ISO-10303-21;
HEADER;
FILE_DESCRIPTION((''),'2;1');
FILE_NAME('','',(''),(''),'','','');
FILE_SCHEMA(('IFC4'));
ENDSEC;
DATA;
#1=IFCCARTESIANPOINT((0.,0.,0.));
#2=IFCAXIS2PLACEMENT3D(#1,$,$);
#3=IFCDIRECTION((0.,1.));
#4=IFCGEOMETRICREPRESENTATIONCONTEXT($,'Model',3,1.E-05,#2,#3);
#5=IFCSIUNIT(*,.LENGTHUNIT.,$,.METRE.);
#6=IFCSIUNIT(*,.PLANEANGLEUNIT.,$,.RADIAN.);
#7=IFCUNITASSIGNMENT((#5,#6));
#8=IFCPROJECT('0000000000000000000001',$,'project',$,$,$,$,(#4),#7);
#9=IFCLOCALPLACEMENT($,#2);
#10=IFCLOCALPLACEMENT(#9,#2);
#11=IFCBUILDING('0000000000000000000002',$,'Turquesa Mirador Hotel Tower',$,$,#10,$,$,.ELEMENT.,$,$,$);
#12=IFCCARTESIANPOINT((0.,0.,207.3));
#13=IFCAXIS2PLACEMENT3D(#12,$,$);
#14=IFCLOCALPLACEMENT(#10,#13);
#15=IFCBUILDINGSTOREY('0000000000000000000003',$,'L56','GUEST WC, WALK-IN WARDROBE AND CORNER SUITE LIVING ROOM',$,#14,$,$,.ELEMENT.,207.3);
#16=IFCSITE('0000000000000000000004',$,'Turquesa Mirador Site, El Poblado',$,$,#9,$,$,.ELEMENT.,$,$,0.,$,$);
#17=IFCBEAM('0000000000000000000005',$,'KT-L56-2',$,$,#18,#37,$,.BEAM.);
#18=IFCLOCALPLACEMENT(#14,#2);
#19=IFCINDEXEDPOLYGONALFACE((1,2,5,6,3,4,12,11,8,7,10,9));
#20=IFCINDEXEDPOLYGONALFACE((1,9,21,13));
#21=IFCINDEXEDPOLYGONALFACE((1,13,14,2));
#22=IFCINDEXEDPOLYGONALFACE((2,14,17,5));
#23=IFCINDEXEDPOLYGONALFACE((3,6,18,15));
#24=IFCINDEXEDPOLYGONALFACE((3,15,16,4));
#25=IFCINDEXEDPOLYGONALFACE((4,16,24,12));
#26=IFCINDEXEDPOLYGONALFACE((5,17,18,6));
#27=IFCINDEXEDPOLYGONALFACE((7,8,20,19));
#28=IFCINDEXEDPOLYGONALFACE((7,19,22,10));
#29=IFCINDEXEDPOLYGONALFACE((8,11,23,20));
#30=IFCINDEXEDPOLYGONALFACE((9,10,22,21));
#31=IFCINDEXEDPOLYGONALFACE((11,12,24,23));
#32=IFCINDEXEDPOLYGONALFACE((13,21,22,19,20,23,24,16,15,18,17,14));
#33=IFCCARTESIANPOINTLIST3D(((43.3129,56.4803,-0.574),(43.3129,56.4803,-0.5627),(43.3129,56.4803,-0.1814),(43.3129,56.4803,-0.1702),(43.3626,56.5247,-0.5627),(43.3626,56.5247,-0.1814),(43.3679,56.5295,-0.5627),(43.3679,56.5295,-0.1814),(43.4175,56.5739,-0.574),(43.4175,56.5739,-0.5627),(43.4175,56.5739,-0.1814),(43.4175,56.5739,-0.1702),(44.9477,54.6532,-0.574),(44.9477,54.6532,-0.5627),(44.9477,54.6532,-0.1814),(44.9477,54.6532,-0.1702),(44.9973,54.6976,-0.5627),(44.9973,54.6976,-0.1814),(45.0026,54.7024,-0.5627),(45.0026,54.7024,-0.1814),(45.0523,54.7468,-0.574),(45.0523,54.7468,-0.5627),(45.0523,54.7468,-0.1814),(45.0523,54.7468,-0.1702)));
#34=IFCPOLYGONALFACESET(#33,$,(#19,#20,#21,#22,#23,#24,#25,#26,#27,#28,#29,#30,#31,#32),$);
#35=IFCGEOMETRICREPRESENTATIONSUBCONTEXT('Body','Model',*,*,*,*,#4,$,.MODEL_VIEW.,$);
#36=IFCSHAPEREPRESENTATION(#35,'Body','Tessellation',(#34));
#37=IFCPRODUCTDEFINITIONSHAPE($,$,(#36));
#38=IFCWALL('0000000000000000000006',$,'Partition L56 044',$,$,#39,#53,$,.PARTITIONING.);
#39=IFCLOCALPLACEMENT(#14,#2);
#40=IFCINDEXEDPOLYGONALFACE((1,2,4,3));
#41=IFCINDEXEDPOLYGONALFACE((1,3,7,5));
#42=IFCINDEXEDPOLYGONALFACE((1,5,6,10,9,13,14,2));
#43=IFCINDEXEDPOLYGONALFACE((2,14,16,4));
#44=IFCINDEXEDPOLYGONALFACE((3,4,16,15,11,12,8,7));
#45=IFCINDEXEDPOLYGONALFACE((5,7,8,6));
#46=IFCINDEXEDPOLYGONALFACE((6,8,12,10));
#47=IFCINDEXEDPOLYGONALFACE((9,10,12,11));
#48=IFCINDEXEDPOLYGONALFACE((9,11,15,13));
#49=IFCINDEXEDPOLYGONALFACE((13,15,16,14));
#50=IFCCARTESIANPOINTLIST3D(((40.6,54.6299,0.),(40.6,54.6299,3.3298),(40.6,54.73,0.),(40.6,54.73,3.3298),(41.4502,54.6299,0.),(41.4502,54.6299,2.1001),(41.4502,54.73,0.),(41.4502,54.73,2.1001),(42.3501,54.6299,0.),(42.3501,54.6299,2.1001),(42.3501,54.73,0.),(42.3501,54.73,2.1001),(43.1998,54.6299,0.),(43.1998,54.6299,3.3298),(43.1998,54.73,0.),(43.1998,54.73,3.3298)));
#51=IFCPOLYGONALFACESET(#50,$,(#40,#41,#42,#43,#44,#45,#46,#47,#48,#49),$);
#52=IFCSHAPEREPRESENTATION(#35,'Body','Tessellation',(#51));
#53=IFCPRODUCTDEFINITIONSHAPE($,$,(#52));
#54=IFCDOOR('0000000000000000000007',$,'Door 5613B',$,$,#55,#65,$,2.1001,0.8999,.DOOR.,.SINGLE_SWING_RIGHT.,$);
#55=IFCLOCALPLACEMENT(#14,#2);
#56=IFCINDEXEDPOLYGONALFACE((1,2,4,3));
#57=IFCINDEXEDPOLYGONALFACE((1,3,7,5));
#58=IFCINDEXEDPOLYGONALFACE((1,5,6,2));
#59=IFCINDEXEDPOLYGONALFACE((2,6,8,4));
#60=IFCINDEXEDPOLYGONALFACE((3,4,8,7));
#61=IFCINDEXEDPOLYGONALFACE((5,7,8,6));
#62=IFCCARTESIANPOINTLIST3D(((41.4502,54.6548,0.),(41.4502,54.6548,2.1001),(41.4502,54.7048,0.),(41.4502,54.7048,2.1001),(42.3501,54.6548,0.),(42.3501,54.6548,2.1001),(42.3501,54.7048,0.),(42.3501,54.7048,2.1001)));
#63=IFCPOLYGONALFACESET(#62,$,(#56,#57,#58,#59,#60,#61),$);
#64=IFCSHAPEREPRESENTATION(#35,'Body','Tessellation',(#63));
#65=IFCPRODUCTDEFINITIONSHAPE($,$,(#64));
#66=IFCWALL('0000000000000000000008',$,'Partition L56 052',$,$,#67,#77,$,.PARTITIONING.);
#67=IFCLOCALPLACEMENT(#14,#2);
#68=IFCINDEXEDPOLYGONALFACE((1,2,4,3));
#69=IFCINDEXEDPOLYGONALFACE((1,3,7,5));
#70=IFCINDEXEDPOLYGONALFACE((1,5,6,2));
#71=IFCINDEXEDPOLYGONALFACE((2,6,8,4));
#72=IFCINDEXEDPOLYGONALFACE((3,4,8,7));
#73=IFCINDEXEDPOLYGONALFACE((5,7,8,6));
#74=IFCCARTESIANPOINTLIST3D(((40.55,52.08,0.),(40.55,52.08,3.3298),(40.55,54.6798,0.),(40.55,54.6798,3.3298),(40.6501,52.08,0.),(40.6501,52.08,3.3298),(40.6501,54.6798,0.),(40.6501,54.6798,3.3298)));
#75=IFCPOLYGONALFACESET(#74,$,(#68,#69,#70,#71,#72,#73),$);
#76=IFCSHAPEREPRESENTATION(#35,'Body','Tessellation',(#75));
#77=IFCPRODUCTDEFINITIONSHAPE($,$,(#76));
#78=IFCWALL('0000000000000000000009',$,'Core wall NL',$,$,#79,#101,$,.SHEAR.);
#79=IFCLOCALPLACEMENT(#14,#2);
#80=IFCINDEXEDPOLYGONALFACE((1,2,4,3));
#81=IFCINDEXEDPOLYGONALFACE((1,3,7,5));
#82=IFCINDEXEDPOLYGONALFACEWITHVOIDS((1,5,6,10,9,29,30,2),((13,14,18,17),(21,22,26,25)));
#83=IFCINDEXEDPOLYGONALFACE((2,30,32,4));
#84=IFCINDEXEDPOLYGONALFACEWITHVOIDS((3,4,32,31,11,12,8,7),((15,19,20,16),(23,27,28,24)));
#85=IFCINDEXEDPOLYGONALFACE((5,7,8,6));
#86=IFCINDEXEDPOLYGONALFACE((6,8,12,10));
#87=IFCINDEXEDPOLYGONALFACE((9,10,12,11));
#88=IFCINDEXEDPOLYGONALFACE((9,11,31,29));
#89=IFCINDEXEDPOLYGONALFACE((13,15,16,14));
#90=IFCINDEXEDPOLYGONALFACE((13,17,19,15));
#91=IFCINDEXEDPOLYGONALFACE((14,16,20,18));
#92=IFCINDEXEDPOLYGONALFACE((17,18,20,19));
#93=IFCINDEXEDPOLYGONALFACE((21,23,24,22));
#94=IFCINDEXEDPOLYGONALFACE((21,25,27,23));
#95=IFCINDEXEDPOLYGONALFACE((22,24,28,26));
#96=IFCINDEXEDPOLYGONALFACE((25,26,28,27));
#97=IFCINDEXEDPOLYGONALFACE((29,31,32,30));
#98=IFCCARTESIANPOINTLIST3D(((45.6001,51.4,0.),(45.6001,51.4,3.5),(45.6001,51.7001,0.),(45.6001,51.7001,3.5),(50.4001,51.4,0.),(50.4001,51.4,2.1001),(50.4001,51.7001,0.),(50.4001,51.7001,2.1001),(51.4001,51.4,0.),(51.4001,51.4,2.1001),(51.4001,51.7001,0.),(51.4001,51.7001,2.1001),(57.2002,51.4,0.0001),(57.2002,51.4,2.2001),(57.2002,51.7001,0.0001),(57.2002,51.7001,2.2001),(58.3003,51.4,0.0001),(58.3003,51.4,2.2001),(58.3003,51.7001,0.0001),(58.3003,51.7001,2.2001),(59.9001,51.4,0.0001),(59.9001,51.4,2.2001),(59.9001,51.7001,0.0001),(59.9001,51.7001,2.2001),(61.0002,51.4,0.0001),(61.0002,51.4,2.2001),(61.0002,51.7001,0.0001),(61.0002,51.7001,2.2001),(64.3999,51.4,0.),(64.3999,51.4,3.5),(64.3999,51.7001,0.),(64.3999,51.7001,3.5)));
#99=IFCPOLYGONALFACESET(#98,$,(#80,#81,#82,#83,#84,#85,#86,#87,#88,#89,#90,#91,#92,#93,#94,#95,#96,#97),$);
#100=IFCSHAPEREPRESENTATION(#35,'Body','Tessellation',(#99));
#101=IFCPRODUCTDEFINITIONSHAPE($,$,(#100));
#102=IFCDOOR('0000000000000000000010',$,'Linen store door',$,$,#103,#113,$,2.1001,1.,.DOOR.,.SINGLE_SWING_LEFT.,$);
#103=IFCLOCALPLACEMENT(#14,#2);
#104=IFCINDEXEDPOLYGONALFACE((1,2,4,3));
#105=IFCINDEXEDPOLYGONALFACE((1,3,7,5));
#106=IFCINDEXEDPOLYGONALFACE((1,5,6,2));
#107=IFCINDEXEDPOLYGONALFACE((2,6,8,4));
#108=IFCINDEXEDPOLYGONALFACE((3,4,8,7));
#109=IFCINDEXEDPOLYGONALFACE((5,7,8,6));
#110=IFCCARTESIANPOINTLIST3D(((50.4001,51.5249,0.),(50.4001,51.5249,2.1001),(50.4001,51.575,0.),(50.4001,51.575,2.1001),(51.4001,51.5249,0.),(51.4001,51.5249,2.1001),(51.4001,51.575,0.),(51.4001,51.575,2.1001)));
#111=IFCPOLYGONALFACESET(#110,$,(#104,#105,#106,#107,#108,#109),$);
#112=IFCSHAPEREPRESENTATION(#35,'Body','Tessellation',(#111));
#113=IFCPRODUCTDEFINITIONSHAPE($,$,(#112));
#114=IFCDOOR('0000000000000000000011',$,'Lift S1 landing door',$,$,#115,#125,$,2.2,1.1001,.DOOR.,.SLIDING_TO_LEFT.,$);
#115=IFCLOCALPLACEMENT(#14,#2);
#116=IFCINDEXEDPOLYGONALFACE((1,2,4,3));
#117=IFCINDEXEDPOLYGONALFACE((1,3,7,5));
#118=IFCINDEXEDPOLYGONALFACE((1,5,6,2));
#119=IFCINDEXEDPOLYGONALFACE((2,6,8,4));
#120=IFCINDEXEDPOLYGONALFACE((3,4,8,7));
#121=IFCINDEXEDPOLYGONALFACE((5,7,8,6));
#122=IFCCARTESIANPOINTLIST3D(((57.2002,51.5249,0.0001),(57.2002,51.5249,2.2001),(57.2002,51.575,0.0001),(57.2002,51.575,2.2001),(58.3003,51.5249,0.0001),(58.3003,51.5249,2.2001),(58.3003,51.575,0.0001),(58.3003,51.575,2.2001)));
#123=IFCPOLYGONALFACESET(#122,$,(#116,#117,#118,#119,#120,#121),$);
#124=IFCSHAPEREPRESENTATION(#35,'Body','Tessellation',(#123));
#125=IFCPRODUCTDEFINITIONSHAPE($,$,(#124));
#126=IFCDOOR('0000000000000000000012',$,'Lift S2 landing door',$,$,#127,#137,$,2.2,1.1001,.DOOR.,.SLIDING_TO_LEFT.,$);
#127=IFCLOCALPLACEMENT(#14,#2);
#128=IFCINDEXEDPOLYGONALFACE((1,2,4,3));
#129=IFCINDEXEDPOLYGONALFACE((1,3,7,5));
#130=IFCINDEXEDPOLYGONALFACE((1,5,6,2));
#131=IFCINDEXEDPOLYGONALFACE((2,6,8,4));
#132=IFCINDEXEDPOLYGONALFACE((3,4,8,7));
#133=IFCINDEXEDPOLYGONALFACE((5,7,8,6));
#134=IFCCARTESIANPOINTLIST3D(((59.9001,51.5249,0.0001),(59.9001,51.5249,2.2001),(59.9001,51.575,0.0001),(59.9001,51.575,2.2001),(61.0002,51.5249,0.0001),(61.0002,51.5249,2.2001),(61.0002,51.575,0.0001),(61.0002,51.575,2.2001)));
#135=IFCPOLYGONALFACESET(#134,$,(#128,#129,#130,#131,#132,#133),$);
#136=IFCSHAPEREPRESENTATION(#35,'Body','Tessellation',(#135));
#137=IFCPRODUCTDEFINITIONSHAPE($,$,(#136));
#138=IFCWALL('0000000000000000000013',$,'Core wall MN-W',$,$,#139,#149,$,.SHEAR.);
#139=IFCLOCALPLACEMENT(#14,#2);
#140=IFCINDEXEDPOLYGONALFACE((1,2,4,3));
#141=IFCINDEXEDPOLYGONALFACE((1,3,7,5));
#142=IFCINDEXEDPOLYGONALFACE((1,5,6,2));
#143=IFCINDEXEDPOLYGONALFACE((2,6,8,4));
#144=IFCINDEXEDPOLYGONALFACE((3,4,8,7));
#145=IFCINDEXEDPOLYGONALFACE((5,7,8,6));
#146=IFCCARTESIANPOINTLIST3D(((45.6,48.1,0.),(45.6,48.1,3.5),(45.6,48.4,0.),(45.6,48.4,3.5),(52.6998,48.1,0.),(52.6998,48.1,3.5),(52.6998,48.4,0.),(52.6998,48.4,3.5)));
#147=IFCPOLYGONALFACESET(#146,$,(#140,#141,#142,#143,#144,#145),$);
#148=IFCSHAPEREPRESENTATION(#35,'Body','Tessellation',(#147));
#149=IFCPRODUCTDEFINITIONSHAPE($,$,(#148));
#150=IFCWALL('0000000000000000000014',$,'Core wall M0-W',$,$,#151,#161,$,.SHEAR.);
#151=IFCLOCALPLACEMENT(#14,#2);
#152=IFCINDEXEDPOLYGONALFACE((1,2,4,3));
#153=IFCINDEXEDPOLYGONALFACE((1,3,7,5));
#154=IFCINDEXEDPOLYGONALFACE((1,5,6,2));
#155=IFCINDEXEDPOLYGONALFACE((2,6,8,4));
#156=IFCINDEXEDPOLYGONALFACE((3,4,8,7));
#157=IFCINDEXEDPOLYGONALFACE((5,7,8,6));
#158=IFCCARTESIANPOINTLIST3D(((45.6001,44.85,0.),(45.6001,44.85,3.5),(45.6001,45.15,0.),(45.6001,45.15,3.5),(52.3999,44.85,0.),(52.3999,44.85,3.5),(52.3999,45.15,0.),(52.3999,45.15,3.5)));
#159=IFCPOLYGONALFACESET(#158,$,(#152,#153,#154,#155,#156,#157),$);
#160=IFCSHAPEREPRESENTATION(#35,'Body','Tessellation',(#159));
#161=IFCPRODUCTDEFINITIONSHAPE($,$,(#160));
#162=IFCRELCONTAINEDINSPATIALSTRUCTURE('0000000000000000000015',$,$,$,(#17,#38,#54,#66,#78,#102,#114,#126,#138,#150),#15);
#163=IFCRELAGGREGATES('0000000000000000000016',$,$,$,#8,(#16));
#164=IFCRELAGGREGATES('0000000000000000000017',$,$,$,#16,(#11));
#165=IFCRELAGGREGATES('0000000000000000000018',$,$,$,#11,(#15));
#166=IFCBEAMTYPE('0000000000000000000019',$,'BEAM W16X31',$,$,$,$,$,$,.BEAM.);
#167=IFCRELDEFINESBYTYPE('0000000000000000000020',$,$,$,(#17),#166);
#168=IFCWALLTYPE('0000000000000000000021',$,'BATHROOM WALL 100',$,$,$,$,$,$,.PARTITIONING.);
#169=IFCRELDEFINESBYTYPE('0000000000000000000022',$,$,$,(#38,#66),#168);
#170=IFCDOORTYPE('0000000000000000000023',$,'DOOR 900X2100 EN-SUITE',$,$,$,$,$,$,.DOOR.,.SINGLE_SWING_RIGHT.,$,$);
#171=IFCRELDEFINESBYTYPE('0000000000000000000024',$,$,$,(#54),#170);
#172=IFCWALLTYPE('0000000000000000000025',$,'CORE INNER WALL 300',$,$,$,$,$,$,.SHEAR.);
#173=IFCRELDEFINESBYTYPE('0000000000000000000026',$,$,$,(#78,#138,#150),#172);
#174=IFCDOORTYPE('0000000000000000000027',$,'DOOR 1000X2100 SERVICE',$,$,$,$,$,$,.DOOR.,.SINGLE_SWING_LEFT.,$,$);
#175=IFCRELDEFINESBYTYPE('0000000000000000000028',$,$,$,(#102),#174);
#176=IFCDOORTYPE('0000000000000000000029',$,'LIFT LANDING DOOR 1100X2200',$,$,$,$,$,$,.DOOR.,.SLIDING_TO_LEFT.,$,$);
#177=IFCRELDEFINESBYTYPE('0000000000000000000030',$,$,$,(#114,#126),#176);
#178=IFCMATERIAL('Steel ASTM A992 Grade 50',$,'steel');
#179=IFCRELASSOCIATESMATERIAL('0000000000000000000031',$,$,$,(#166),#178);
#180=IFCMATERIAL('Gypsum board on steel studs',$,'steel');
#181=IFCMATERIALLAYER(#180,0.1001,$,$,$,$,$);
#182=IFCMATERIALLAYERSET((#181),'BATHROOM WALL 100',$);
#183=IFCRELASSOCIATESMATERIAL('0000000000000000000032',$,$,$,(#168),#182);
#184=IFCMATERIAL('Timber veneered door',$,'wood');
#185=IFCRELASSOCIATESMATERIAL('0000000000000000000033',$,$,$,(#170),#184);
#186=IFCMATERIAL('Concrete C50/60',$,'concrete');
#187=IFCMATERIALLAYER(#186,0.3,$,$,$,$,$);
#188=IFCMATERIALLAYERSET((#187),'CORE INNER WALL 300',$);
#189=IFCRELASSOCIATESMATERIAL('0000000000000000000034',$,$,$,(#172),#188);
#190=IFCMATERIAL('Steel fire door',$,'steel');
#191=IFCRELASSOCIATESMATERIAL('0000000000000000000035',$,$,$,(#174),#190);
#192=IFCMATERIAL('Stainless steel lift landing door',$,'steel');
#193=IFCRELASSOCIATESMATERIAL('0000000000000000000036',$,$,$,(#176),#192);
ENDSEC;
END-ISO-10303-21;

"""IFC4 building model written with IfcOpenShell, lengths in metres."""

from ifc_helpers import new_model, si_unit, direction, frame, frame_2d, origin, origin_2d, place, context, subcontext, project, spatial, rectangle, i_section, extrude, material, layer, layer_set, material_profile, profile_set, type_object, element, fill, save


model = new_model("IFC4")

# Units and contexts
model_context = context("Model", 3, precision=1e-05, world=origin(), true_north=direction((0.0, 1.0)))
body_context = subcontext(model_context, "Body", "Model", "MODEL_VIEW")
ifc_project = project(units=[si_unit("LENGTHUNIT", "METRE"), si_unit("PLANEANGLEUNIT", "RADIAN")], contexts=[model_context])

# Site, building, storey
site_placement = place(None, origin())
site = spatial("IfcSite", under=ifc_project, at=site_placement, Name="Turquesa Mirador Site, El Poblado", CompositionType="ELEMENT", RefElevation=0.0)
building_placement = place(site_placement, origin())
building = spatial("IfcBuilding", under=site, at=building_placement, Name="Turquesa Mirador Hotel Tower", CompositionType="ELEMENT")
storey_placement = place(building_placement, frame((0.0, 0.0, 207.3)))
storey = spatial("IfcBuildingStorey", under=building, at=storey_placement, Name="L56", Description="GUEST WC, WALK-IN WARDROBE AND CORNER SUITE LIVING ROOM", CompositionType="ELEMENT", Elevation=207.3)

# Beam
ifc_material_1 = material(Name="Steel ASTM A992 Grade 50", Category="steel")
ifc_material_profile = material_profile(ifc_material_1, i_section(OverallWidth=0.1404, OverallDepth=0.4038, WebThickness=0.0071, FlangeThickness=0.0112, at=origin_2d()), Name="W16X31")
ifc_profile_set = profile_set([ifc_material_profile], Name="Steel ASTM A992 Grade 50")
beam_type = type_object("IfcBeamType", Name="BEAM W16X31", PredefinedType="BEAM", material=ifc_profile_set)
beam_placement = place(storey_placement, frame((43.3652, 56.5271, -0.3721), z_axis=(0.666783, -0.745252, 0.0), x_axis=(0.745252, 0.666783, 0.0)))
element("IfcBeam", 1, at=beam_placement, inside=storey, type_object=beam_type, Name="KT-L56-2", PredefinedType="BEAM", context=body_context, shape_type="SweptSolid", body=[
    extrude(i_section(OverallWidth=0.1404, OverallDepth=0.4038, WebThickness=0.0071, FlangeThickness=0.0112, at=origin_2d()), origin(), (0.0, 0.0, 1.0), 2.4517),
])

# Wall, opening, door
ifc_material_2 = material(Name="Gypsum board on steel studs", Category="steel")
ifc_layer_1 = layer(ifc_material_2, 0.1001)
ifc_layer_set_1 = layer_set([ifc_layer_1], Name="BATHROOM WALL 100")
wall_type_1 = type_object("IfcWallType", Name="BATHROOM WALL 100", PredefinedType="PARTITIONING", material=ifc_layer_set_1)
wall_1_placement = place(storey_placement, frame((40.6001, 54.6799, 0.0), z_axis=(0.0, 0.0, 1.0), x_axis=(1.0, 0.0, 0.0)))
wall_1 = element("IfcWall", 2, at=wall_1_placement, inside=storey, type_object=wall_type_1, Name="Partition L56 044", PredefinedType="PARTITIONING", context=body_context, shape_type="SweptSolid", body=[
    extrude(rectangle(XDim=2.5999, YDim=0.1001, at=frame_2d((1.2998, 0.0))), origin(), (0.0, 0.0, 1.0), 3.3298),
])
opening_1_placement = place(wall_1_placement, frame((0.8501, 0.0, 0.0)))
opening_1 = element("IfcOpeningElement", 3, at=opening_1_placement, cuts=wall_1, PredefinedType="OPENING", context=body_context, shape_type="SweptSolid", body=[
    extrude(rectangle(XDim=0.8999, YDim=2.1001, at=frame_2d((0.45, 1.05))), frame((0.0, 0.0601, 0.0), z_axis=(0.0, -1.0, 0.0), x_axis=(1.0, 0.0, 0.0)), (0.0, 0.0, 1.0), 0.1201),
])
ifc_material_3 = material(Name="Timber veneered door", Category="wood")
door_type_1 = type_object("IfcDoorType", Name="DOOR 900X2100 EN-SUITE", OperationType="SINGLE_SWING_RIGHT", PredefinedType="DOOR", material=ifc_material_3)
door_1_placement = place(opening_1_placement, origin())
door_1 = element("IfcDoor", 4, at=door_1_placement, inside=storey, type_object=door_type_1, Name="Door 5613B", OperationType="SINGLE_SWING_RIGHT", OverallHeight=2.1001, OverallWidth=0.8999, PredefinedType="DOOR", context=body_context, shape_type="SweptSolid", body=[
    extrude(rectangle(XDim=0.8999, YDim=2.1001, at=frame_2d((0.45, 1.05))), frame((0.0, 0.0249, 0.0), z_axis=(0.0, -1.0, 0.0), x_axis=(1.0, 0.0, 0.0)), (0.0, 0.0, 1.0), 0.05),
])
fill(opening_1, door_1)

# Wall
wall_2_placement = place(storey_placement, frame((40.6001, 52.0801, 0.0), z_axis=(0.0, 0.0, 1.0), x_axis=(0.0, 1.0, 0.0)))
element("IfcWall", 5, at=wall_2_placement, inside=storey, type_object=wall_type_1, Name="Partition L56 052", PredefinedType="PARTITIONING", context=body_context, shape_type="SweptSolid", body=[
    extrude(rectangle(XDim=2.5999, YDim=0.1001, at=frame_2d((1.2998, 0.0))), origin(), (0.0, 0.0, 1.0), 3.3298),
])

# Wall, openings, doors
ifc_material_4 = material(Name="Concrete C50/60", Category="concrete")
ifc_layer_2 = layer(ifc_material_4, 0.3)
ifc_layer_set_2 = layer_set([ifc_layer_2], Name="CORE INNER WALL 300")
wall_type_2 = type_object("IfcWallType", Name="CORE INNER WALL 300", PredefinedType="SHEAR", material=ifc_layer_set_2)
wall_3_placement = place(storey_placement, frame((45.6001, 51.55, 0.0), z_axis=(0.0, 0.0, 1.0), x_axis=(1.0, 0.0, 0.0)))
wall_3 = element("IfcWall", 6, at=wall_3_placement, inside=storey, type_object=wall_type_2, Name="Core wall NL", PredefinedType="SHEAR", context=body_context, shape_type="SweptSolid", body=[
    extrude(rectangle(XDim=18.7998, YDim=0.3, at=frame_2d((9.3999, 0.0))), origin(), (0.0, 0.0, 1.0), 3.5),
])
opening_2_placement = place(wall_3_placement, frame((4.8, 0.0, 0.0)))
opening_2 = element("IfcOpeningElement", 7, at=opening_2_placement, cuts=wall_3, PredefinedType="OPENING", context=body_context, shape_type="SweptSolid", body=[
    extrude(rectangle(XDim=1.0, YDim=2.1001, at=frame_2d((0.5, 1.05))), frame((0.0, 0.1599, 0.0), z_axis=(0.0, -1.0, 0.0), x_axis=(1.0, 0.0, 0.0)), (0.0, 0.0, 1.0), 0.3201),
])
opening_3_placement = place(wall_3_placement, frame((11.6001, 0.0, 0.0)))
opening_3 = element("IfcOpeningElement", 8, at=opening_3_placement, cuts=wall_3, PredefinedType="OPENING", context=body_context, shape_type="SweptSolid", body=[
    extrude(rectangle(XDim=1.1001, YDim=2.2, at=frame_2d((0.55, 1.1001))), frame((0.0, 0.1599, 0.0), z_axis=(0.0, -1.0, 0.0), x_axis=(1.0, 0.0, 0.0)), (0.0, 0.0, 1.0), 0.3201),
])
opening_4_placement = place(wall_3_placement, frame((14.3, 0.0, 0.0)))
opening_4 = element("IfcOpeningElement", 9, at=opening_4_placement, cuts=wall_3, PredefinedType="OPENING", context=body_context, shape_type="SweptSolid", body=[
    extrude(rectangle(XDim=1.1001, YDim=2.2, at=frame_2d((0.55, 1.1001))), frame((0.0, 0.1599, 0.0), z_axis=(0.0, -1.0, 0.0), x_axis=(1.0, 0.0, 0.0)), (0.0, 0.0, 1.0), 0.3201),
])
ifc_material_5 = material(Name="Steel fire door", Category="steel")
door_type_2 = type_object("IfcDoorType", Name="DOOR 1000X2100 SERVICE", OperationType="SINGLE_SWING_LEFT", PredefinedType="DOOR", material=ifc_material_5)
door_2_placement = place(opening_2_placement, origin())
door_2 = element("IfcDoor", 10, at=door_2_placement, inside=storey, type_object=door_type_2, Name="Linen store door", OperationType="SINGLE_SWING_LEFT", OverallHeight=2.1001, OverallWidth=1.0, PredefinedType="DOOR", context=body_context, shape_type="SweptSolid", body=[
    extrude(rectangle(XDim=1.0, YDim=2.1001, at=frame_2d((0.5, 1.05))), frame((0.0, 0.0249, 0.0), z_axis=(0.0, -1.0, 0.0), x_axis=(1.0, 0.0, 0.0)), (0.0, 0.0, 1.0), 0.05),
])
fill(opening_2, door_2)
ifc_material_6 = material(Name="Stainless steel lift landing door", Category="steel")
door_type_3 = type_object("IfcDoorType", Name="LIFT LANDING DOOR 1100X2200", OperationType="SLIDING_TO_LEFT", PredefinedType="DOOR", material=ifc_material_6)
door_3_placement = place(opening_3_placement, origin())
door_3 = element("IfcDoor", 11, at=door_3_placement, inside=storey, type_object=door_type_3, Name="Lift S1 landing door", OperationType="SLIDING_TO_LEFT", OverallHeight=2.2, OverallWidth=1.1001, PredefinedType="DOOR", context=body_context, shape_type="SweptSolid", body=[
    extrude(rectangle(XDim=1.1001, YDim=2.2, at=frame_2d((0.55, 1.1001))), frame((0.0, 0.0249, 0.0), z_axis=(0.0, -1.0, 0.0), x_axis=(1.0, 0.0, 0.0)), (0.0, 0.0, 1.0), 0.05),
])
fill(opening_3, door_3)
door_4_placement = place(opening_4_placement, origin())
door_4 = element("IfcDoor", 12, at=door_4_placement, inside=storey, type_object=door_type_3, Name="Lift S2 landing door", OperationType="SLIDING_TO_LEFT", OverallHeight=2.2, OverallWidth=1.1001, PredefinedType="DOOR", context=body_context, shape_type="SweptSolid", body=[
    extrude(rectangle(XDim=1.1001, YDim=2.2, at=frame_2d((0.55, 1.1001))), frame((0.0, 0.0249, 0.0), z_axis=(0.0, -1.0, 0.0), x_axis=(1.0, 0.0, 0.0)), (0.0, 0.0, 1.0), 0.05),
])
fill(opening_4, door_4)

# Walls
wall_4_placement = place(storey_placement, frame((45.6001, 48.25, 0.0), z_axis=(0.0, 0.0, 1.0), x_axis=(1.0, 0.0, 0.0)))
element("IfcWall", 13, at=wall_4_placement, inside=storey, type_object=wall_type_2, Name="Core wall MN-W", PredefinedType="SHEAR", context=body_context, shape_type="SweptSolid", body=[
    extrude(rectangle(XDim=7.0999, YDim=0.3, at=frame_2d((3.5498, 0.0))), origin(), (0.0, 0.0, 1.0), 3.5),
])
wall_5_placement = place(storey_placement, frame((45.6001, 45.0, 0.0), z_axis=(0.0, 0.0, 1.0), x_axis=(1.0, 0.0, 0.0)))
element("IfcWall", 14, at=wall_5_placement, inside=storey, type_object=wall_type_2, Name="Core wall M0-W", PredefinedType="SHEAR", context=body_context, shape_type="SweptSolid", body=[
    extrude(rectangle(XDim=6.7998, YDim=0.3, at=frame_2d((3.3999, 0.0))), origin(), (0.0, 0.0, 1.0), 3.5),
])

save(model, "model.ifc")
